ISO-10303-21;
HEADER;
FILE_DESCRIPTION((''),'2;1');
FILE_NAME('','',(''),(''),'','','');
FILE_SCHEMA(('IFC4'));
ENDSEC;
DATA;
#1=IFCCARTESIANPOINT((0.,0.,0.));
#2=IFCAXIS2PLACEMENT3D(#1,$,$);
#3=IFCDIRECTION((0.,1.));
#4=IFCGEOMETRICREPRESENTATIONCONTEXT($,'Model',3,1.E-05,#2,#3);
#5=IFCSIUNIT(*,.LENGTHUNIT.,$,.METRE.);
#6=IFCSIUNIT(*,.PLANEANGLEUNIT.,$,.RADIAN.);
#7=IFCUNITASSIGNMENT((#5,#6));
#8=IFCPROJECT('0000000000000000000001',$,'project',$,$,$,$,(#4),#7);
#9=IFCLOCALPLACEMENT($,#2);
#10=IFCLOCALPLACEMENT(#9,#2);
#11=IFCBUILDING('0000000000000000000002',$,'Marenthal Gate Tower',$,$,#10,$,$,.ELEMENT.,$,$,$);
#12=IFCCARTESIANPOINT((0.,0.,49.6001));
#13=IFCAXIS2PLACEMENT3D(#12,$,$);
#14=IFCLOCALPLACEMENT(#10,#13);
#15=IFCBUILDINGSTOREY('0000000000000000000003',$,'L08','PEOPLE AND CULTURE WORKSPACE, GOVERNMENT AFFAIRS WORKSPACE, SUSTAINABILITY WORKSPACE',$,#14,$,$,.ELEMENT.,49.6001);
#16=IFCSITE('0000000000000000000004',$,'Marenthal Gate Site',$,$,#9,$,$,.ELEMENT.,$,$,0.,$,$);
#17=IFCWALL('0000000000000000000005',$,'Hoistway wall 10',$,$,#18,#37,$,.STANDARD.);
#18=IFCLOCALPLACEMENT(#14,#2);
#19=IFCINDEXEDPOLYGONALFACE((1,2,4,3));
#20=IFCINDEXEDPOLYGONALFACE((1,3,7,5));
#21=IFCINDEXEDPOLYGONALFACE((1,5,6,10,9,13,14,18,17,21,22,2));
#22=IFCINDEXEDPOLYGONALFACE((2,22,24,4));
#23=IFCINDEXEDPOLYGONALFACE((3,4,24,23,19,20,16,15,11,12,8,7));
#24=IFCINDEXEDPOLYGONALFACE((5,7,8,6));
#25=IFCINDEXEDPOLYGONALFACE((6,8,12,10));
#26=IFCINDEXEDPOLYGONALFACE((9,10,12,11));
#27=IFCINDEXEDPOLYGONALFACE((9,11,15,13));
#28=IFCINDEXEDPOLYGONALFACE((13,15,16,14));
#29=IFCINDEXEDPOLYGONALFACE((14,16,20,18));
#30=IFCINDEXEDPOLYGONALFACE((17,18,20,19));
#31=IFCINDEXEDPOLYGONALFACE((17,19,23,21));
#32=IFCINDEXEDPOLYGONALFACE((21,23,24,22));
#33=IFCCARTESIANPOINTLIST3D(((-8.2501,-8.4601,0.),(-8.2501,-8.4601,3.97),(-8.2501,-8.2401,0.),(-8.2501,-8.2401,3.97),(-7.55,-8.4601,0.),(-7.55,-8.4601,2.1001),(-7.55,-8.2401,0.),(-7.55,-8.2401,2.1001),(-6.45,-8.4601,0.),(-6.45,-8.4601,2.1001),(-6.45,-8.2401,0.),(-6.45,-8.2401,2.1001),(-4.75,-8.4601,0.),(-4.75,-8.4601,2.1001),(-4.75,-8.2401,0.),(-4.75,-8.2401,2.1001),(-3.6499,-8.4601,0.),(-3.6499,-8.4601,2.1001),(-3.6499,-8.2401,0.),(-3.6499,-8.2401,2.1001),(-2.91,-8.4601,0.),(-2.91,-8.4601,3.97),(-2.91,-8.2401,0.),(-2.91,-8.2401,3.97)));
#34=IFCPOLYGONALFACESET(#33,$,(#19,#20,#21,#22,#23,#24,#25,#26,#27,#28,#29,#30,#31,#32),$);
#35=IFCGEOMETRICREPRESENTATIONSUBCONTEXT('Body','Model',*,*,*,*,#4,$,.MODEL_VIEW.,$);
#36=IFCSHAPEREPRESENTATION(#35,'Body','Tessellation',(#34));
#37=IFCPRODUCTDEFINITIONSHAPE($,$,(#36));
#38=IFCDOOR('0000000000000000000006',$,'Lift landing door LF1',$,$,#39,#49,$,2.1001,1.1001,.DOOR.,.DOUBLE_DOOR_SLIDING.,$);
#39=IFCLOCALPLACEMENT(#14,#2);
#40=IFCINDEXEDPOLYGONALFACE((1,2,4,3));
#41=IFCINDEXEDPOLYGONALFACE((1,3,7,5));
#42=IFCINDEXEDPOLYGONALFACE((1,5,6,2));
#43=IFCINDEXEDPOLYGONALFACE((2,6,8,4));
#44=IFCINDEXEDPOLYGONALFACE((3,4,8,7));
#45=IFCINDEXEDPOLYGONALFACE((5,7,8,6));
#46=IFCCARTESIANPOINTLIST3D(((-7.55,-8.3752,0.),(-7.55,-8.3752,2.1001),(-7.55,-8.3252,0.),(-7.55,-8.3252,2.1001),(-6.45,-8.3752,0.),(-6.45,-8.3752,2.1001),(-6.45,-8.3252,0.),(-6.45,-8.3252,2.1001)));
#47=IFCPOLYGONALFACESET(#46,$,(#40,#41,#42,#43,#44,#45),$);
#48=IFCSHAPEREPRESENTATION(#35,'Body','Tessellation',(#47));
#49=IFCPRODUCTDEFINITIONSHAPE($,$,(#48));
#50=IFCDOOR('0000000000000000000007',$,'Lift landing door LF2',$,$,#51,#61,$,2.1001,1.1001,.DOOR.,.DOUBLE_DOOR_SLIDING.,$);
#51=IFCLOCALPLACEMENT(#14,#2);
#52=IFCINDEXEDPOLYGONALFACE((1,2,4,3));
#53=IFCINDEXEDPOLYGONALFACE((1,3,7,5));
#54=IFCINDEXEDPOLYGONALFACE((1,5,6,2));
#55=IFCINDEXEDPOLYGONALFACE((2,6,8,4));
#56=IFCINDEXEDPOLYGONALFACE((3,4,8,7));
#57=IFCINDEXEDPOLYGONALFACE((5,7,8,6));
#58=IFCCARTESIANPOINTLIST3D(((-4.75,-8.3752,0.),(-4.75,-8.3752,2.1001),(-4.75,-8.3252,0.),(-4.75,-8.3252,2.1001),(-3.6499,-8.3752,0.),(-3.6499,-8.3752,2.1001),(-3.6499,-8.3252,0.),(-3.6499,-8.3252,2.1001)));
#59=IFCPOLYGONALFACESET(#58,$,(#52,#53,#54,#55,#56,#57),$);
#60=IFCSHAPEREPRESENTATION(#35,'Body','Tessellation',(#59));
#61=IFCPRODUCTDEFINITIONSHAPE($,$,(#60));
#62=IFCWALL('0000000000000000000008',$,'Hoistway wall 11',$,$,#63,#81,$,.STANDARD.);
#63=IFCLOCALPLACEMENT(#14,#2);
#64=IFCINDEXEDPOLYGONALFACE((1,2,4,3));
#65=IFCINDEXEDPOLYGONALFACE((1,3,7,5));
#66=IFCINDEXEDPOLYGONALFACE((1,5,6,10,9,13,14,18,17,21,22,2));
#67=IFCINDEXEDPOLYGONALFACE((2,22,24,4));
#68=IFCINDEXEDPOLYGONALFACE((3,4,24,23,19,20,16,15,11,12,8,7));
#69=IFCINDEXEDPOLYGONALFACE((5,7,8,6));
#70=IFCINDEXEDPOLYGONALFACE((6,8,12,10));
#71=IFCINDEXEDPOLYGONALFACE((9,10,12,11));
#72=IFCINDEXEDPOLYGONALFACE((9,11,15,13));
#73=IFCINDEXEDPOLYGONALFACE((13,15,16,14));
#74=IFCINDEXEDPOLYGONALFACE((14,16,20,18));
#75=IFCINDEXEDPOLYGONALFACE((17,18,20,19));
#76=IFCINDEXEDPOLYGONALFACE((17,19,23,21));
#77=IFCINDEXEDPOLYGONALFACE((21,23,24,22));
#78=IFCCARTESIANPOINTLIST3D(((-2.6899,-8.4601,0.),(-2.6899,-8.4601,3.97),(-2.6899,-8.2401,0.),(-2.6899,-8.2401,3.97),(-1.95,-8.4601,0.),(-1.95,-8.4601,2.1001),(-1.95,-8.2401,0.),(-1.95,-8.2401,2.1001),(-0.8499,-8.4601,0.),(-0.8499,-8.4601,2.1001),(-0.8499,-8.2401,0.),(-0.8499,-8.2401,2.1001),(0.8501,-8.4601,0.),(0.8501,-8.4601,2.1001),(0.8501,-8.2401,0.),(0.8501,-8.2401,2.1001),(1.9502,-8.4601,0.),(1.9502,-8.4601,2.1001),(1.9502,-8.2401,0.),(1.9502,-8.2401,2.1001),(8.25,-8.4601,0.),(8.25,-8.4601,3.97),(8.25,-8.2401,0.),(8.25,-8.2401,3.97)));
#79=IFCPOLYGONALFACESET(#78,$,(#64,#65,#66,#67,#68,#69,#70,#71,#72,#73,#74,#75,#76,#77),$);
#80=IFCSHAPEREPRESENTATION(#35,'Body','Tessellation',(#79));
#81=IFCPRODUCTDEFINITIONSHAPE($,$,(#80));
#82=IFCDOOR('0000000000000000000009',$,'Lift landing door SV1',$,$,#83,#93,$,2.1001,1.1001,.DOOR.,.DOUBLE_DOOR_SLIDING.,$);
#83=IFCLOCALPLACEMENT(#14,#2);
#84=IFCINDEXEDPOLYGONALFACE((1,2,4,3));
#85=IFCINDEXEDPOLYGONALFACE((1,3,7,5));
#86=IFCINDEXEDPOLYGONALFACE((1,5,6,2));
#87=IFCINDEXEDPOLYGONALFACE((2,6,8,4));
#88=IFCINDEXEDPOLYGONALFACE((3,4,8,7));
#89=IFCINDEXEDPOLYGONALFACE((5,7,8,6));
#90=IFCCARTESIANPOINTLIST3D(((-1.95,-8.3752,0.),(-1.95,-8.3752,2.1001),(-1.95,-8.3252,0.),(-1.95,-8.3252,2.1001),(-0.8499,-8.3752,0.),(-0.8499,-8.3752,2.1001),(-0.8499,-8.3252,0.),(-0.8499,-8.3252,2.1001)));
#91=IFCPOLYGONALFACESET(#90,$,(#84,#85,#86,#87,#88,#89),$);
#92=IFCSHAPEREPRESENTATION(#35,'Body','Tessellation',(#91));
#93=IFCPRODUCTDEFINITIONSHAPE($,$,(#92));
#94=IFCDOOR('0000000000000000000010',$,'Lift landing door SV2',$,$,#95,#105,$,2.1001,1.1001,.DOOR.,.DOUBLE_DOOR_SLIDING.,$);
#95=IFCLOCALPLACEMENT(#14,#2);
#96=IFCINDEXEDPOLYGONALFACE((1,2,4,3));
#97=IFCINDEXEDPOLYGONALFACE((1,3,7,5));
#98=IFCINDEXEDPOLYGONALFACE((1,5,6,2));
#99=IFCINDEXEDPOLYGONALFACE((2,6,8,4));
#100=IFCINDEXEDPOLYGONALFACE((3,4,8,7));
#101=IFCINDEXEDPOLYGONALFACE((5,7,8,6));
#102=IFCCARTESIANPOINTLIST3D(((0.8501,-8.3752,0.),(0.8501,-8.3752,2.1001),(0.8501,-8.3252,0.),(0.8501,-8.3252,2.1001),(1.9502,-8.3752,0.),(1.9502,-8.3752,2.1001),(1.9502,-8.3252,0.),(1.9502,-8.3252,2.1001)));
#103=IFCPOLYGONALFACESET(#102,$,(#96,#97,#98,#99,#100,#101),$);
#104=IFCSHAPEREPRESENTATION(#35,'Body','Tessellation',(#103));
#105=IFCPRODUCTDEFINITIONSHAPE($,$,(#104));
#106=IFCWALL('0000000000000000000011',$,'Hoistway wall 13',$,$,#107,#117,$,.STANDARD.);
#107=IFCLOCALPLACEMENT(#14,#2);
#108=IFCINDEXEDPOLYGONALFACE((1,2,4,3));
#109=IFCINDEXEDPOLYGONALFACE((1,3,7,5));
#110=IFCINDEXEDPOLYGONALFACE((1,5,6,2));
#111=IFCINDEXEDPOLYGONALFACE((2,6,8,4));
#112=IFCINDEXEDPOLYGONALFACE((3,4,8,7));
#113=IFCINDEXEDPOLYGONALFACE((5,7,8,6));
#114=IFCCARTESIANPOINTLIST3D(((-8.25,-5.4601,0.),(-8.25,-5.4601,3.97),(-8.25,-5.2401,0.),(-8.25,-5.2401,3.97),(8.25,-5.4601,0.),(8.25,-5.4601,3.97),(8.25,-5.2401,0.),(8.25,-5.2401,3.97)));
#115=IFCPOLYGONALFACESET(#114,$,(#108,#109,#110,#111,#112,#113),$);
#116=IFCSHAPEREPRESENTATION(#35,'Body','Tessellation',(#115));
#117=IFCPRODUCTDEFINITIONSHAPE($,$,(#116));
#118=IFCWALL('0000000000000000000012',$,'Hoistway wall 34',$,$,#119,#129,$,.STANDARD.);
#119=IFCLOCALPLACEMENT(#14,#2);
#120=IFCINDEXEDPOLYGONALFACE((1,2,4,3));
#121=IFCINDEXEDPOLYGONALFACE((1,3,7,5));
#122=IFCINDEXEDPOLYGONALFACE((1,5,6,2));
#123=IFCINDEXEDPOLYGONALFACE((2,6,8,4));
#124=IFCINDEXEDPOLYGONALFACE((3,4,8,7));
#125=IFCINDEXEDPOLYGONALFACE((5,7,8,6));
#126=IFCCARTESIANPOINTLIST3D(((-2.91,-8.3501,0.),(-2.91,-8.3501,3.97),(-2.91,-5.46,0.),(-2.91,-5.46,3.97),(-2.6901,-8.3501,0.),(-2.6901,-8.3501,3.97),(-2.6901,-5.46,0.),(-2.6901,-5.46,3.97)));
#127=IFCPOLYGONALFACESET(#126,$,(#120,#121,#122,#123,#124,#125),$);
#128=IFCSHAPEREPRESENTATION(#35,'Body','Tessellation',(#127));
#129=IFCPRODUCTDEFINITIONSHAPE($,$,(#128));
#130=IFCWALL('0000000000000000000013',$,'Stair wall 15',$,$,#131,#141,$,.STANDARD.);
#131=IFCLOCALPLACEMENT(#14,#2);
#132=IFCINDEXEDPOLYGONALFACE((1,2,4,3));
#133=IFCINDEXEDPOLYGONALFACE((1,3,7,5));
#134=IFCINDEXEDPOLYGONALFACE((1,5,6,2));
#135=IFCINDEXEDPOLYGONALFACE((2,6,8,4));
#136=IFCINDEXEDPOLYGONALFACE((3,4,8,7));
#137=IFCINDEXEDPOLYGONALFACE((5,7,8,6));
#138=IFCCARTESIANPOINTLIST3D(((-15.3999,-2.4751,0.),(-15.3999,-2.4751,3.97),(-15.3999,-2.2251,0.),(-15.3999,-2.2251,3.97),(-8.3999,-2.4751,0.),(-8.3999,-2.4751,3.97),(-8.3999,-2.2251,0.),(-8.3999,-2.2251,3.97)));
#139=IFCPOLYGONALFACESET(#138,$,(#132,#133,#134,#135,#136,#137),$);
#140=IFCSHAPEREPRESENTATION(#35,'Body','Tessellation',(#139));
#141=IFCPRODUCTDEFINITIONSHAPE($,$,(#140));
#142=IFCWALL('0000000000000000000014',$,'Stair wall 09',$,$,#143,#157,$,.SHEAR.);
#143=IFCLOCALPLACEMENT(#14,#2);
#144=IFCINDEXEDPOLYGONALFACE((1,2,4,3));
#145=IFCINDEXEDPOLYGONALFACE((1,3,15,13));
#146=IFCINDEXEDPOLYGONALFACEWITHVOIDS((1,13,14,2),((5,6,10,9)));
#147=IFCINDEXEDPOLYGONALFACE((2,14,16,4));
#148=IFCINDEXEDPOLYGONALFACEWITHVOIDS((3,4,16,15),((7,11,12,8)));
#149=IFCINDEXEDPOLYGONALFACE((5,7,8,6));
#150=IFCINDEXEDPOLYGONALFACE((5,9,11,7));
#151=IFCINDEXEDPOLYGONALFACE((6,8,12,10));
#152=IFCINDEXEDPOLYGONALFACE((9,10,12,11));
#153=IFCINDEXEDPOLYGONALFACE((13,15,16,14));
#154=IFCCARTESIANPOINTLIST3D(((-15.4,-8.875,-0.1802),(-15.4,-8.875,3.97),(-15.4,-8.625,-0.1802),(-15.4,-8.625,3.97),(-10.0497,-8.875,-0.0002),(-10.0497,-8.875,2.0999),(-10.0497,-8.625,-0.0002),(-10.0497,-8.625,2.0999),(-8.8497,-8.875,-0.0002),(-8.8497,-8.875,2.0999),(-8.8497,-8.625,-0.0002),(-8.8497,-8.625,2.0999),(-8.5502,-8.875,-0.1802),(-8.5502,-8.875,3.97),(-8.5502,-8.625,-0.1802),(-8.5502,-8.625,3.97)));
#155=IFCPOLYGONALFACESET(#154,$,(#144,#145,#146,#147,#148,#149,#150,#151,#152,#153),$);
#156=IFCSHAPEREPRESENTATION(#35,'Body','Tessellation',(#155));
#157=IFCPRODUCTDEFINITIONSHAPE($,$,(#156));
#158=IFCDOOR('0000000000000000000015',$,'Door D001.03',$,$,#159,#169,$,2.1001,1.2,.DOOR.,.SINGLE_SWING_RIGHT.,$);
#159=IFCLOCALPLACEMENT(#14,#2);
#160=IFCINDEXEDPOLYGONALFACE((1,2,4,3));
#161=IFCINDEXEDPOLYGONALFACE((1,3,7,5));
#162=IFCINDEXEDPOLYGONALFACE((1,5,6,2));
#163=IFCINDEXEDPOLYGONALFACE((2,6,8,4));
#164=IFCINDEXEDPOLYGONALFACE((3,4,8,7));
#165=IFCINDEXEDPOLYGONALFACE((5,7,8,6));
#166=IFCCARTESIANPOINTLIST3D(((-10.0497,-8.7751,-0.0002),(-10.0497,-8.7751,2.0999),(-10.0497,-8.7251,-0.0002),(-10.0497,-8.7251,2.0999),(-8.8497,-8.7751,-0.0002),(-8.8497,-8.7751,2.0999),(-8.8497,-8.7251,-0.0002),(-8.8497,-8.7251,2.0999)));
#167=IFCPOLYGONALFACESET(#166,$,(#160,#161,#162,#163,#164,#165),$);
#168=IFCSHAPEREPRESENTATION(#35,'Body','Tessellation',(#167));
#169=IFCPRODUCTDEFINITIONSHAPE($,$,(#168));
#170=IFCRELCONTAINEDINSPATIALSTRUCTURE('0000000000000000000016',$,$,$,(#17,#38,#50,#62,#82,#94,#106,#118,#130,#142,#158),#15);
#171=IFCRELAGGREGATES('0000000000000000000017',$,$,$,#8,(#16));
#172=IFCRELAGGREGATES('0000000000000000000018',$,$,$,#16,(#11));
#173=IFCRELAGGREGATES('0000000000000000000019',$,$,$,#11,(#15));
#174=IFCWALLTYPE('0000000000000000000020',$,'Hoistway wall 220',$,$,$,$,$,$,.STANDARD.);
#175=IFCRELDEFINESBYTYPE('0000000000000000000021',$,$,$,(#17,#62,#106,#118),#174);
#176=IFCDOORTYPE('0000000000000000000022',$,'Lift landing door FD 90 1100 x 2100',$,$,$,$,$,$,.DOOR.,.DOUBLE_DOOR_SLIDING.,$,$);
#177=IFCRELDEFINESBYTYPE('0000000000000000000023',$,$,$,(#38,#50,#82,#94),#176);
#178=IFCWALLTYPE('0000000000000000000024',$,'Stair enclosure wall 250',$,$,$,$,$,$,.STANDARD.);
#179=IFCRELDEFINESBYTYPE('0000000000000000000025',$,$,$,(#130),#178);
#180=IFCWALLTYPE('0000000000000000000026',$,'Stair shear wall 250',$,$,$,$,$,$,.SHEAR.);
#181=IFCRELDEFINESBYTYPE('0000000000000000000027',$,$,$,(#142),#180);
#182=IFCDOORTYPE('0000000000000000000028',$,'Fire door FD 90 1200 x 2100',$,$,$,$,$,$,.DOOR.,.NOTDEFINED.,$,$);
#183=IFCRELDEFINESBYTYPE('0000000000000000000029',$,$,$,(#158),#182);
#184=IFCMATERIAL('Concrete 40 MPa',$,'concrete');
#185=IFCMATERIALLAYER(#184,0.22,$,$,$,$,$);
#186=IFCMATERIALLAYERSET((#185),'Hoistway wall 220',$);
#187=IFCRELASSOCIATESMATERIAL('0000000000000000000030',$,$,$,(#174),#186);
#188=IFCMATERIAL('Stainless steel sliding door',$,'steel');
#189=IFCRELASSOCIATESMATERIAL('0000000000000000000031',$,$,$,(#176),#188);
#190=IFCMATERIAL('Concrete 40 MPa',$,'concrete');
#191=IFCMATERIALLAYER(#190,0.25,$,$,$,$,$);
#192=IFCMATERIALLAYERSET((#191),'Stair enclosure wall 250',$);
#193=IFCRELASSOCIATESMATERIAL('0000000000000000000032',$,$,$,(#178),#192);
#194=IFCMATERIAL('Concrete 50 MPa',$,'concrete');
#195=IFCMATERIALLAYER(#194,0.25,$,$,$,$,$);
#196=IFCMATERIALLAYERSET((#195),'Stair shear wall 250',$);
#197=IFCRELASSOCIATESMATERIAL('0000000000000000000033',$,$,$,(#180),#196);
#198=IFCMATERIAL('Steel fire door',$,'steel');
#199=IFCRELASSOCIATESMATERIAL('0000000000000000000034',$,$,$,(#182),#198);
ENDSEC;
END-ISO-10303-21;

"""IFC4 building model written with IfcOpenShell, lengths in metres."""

from ifc_helpers import new_model, si_unit, direction, frame, frame_2d, origin, place, context, subcontext, project, spatial, rectangle, extrude, material, layer, layer_set, type_object, element, fill, save


model = new_model("IFC4")

# Units and contexts
model_context = context("Model", 3, precision=1e-05, world=origin(), true_north=direction((0.0, 1.0)))
body_context = subcontext(model_context, "Body", "Model", "MODEL_VIEW")
ifc_project = project(units=[si_unit("LENGTHUNIT", "METRE"), si_unit("PLANEANGLEUNIT", "RADIAN")], contexts=[model_context])

# Site, building, storey
site_placement = place(None, origin())
site = spatial("IfcSite", under=ifc_project, at=site_placement, Name="Marenthal Gate Site", CompositionType="ELEMENT", RefElevation=0.0)
building_placement = place(site_placement, origin())
building = spatial("IfcBuilding", under=site, at=building_placement, Name="Marenthal Gate Tower", CompositionType="ELEMENT")
storey_placement = place(building_placement, frame((0.0, 0.0, 49.6001)))
storey = spatial("IfcBuildingStorey", under=building, at=storey_placement, Name="L08", Description="PEOPLE AND CULTURE WORKSPACE, GOVERNMENT AFFAIRS WORKSPACE, SUSTAINABILITY WORKSPACE", CompositionType="ELEMENT", Elevation=49.6001)

# Walls, openings, doors
ifc_material_1 = material(Name="Concrete 40 MPa", Category="concrete")
ifc_layer_1 = layer(ifc_material_1, 0.22)
ifc_layer_set_1 = layer_set([ifc_layer_1], Name="Hoistway wall 220")
wall_type_1 = type_object("IfcWallType", Name="Hoistway wall 220", PredefinedType="STANDARD", material=ifc_layer_set_1)
wall_1_placement = place(storey_placement, frame((-8.25, -8.3501, 0.0), z_axis=(0.0, 0.0, 1.0), x_axis=(1.0, 0.0, 0.0)))
wall_1 = element("IfcWall", 1, at=wall_1_placement, inside=storey, type_object=wall_type_1, Name="Hoistway wall 10", PredefinedType="STANDARD", context=body_context, shape_type="SweptSolid", body=[
    extrude(rectangle(XDim=5.3401, YDim=0.22, at=frame_2d((2.6699, 0.0))), origin(), (0.0, 0.0, 1.0), 3.97),
])
opening_1_placement = place(wall_1_placement, frame((0.7, 0.0, 0.0)))
opening_1 = element("IfcOpeningElement", 2, at=opening_1_placement, cuts=wall_1, PredefinedType="OPENING", context=body_context, shape_type="SweptSolid", body=[
    extrude(rectangle(XDim=1.1001, YDim=2.1001, at=frame_2d((0.55, 1.05))), frame((0.0, 0.1201, 0.0), z_axis=(0.0, -1.0, 0.0), x_axis=(1.0, 0.0, 0.0)), (0.0, 0.0, 1.0), 0.24),
])
opening_2_placement = place(wall_1_placement, frame((3.5, 0.0, 0.0)))
opening_2 = element("IfcOpeningElement", 3, at=opening_2_placement, cuts=wall_1, PredefinedType="OPENING", context=body_context, shape_type="SweptSolid", body=[
    extrude(rectangle(XDim=1.1001, YDim=2.1001, at=frame_2d((0.55, 1.05))), frame((0.0, 0.1201, 0.0), z_axis=(0.0, -1.0, 0.0), x_axis=(1.0, 0.0, 0.0)), (0.0, 0.0, 1.0), 0.24),
])
ifc_material_2 = material(Name="Stainless steel sliding door", Category="steel")
door_type_1 = type_object("IfcDoorType", Name="Lift landing door FD 90 1100 x 2100", OperationType="DOUBLE_DOOR_SLIDING", PredefinedType="DOOR", material=ifc_material_2)
door_1_placement = place(opening_1_placement, origin())
door_1 = element("IfcDoor", 4, at=door_1_placement, inside=storey, type_object=door_type_1, Name="Lift landing door LF1", OperationType="DOUBLE_DOOR_SLIDING", OverallHeight=2.1001, OverallWidth=1.1001, PredefinedType="DOOR", context=body_context, shape_type="SweptSolid", body=[
    extrude(rectangle(XDim=1.1001, YDim=2.1001, at=frame_2d((0.55, 1.05))), frame((0.0, 0.0249, 0.0), z_axis=(0.0, -1.0, 0.0), x_axis=(1.0, 0.0, 0.0)), (0.0, 0.0, 1.0), 0.05),
])
fill(opening_1, door_1)
door_2_placement = place(opening_2_placement, origin())
door_2 = element("IfcDoor", 5, at=door_2_placement, inside=storey, type_object=door_type_1, Name="Lift landing door LF2", OperationType="DOUBLE_DOOR_SLIDING", OverallHeight=2.1001, OverallWidth=1.1001, PredefinedType="DOOR", context=body_context, shape_type="SweptSolid", body=[
    extrude(rectangle(XDim=1.1001, YDim=2.1001, at=frame_2d((0.55, 1.05))), frame((0.0, 0.0249, 0.0), z_axis=(0.0, -1.0, 0.0), x_axis=(1.0, 0.0, 0.0)), (0.0, 0.0, 1.0), 0.05),
])
fill(opening_2, door_2)
wall_2_placement = place(storey_placement, frame((-2.6899, -8.3501, 0.0), z_axis=(0.0, 0.0, 1.0), x_axis=(1.0, 0.0, 0.0)))
wall_2 = element("IfcWall", 6, at=wall_2_placement, inside=storey, type_object=wall_type_1, Name="Hoistway wall 11", PredefinedType="STANDARD", context=body_context, shape_type="SweptSolid", body=[
    extrude(rectangle(XDim=10.9399, YDim=0.22, at=frame_2d((5.47, 0.0))), origin(), (0.0, 0.0, 1.0), 3.97),
])
opening_3_placement = place(wall_2_placement, frame((0.74, 0.0, 0.0)))
opening_3 = element("IfcOpeningElement", 7, at=opening_3_placement, cuts=wall_2, PredefinedType="OPENING", context=body_context, shape_type="SweptSolid", body=[
    extrude(rectangle(XDim=1.1001, YDim=2.1001, at=frame_2d((0.55, 1.05))), frame((0.0, 0.1201, 0.0), z_axis=(0.0, -1.0, 0.0), x_axis=(1.0, 0.0, 0.0)), (0.0, 0.0, 1.0), 0.24),
])
opening_4_placement = place(wall_2_placement, frame((3.54, 0.0, 0.0)))
opening_4 = element("IfcOpeningElement", 8, at=opening_4_placement, cuts=wall_2, PredefinedType="OPENING", context=body_context, shape_type="SweptSolid", body=[
    extrude(rectangle(XDim=1.1001, YDim=2.1001, at=frame_2d((0.55, 1.05))), frame((0.0, 0.1201, 0.0), z_axis=(0.0, -1.0, 0.0), x_axis=(1.0, 0.0, 0.0)), (0.0, 0.0, 1.0), 0.24),
])
door_3_placement = place(opening_3_placement, origin())
door_3 = element("IfcDoor", 9, at=door_3_placement, inside=storey, type_object=door_type_1, Name="Lift landing door SV1", OperationType="DOUBLE_DOOR_SLIDING", OverallHeight=2.1001, OverallWidth=1.1001, PredefinedType="DOOR", context=body_context, shape_type="SweptSolid", body=[
    extrude(rectangle(XDim=1.1001, YDim=2.1001, at=frame_2d((0.55, 1.05))), frame((0.0, 0.0249, 0.0), z_axis=(0.0, -1.0, 0.0), x_axis=(1.0, 0.0, 0.0)), (0.0, 0.0, 1.0), 0.05),
])
fill(opening_3, door_3)
door_4_placement = place(opening_4_placement, origin())
door_4 = element("IfcDoor", 10, at=door_4_placement, inside=storey, type_object=door_type_1, Name="Lift landing door SV2", OperationType="DOUBLE_DOOR_SLIDING", OverallHeight=2.1001, OverallWidth=1.1001, PredefinedType="DOOR", context=body_context, shape_type="SweptSolid", body=[
    extrude(rectangle(XDim=1.1001, YDim=2.1001, at=frame_2d((0.55, 1.05))), frame((0.0, 0.0249, 0.0), z_axis=(0.0, -1.0, 0.0), x_axis=(1.0, 0.0, 0.0)), (0.0, 0.0, 1.0), 0.05),
])
fill(opening_4, door_4)

# Walls
wall_3_placement = place(storey_placement, frame((-8.25, -5.3501, 0.0), z_axis=(0.0, 0.0, 1.0), x_axis=(1.0, 0.0, 0.0)))
element("IfcWall", 11, at=wall_3_placement, inside=storey, type_object=wall_type_1, Name="Hoistway wall 13", PredefinedType="STANDARD", context=body_context, shape_type="SweptSolid", body=[
    extrude(rectangle(XDim=16.5, YDim=0.22, at=frame_2d((8.25, 0.0))), origin(), (0.0, 0.0, 1.0), 3.97),
])
wall_4_placement = place(storey_placement, frame((-2.8, -8.3501, 0.0), z_axis=(0.0, 0.0, 1.0), x_axis=(0.0, 1.0, 0.0)))
element("IfcWall", 12, at=wall_4_placement, inside=storey, type_object=wall_type_1, Name="Hoistway wall 34", PredefinedType="STANDARD", context=body_context, shape_type="SweptSolid", body=[
    extrude(rectangle(XDim=2.8901, YDim=0.22, at=frame_2d((1.4451, 0.0))), origin(), (0.0, 0.0, 1.0), 3.97),
])
ifc_material_3 = material(Name="Concrete 40 MPa", Category="concrete")
ifc_layer_2 = layer(ifc_material_3, 0.25)
ifc_layer_set_2 = layer_set([ifc_layer_2], Name="Stair enclosure wall 250")
wall_type_2 = type_object("IfcWallType", Name="Stair enclosure wall 250", PredefinedType="STANDARD", material=ifc_layer_set_2)
wall_5_placement = place(storey_placement, frame((-15.3999, -2.3501, 0.0), z_axis=(0.0, 0.0, 1.0), x_axis=(1.0, 0.0, 0.0)))
element("IfcWall", 13, at=wall_5_placement, inside=storey, type_object=wall_type_2, Name="Stair wall 15", PredefinedType="STANDARD", context=body_context, shape_type="SweptSolid", body=[
    extrude(rectangle(XDim=7.0, YDim=0.25, at=frame_2d((3.5, 0.0))), origin(), (0.0, 0.0, 1.0), 3.97),
])

# Wall, opening, door
ifc_material_4 = material(Name="Concrete 50 MPa", Category="concrete")
ifc_layer_3 = layer(ifc_material_4, 0.25)
ifc_layer_set_3 = layer_set([ifc_layer_3], Name="Stair shear wall 250")
wall_type_3 = type_object("IfcWallType", Name="Stair shear wall 250", PredefinedType="SHEAR", material=ifc_layer_set_3)
wall_6_placement = place(storey_placement, frame((-15.3999, -8.75, -0.1802), z_axis=(0.0, 0.0, 1.0), x_axis=(1.0, 0.0, 0.0)))
wall_6 = element("IfcWall", 14, at=wall_6_placement, inside=storey, type_object=wall_type_3, Name="Stair wall 09", PredefinedType="SHEAR", context=body_context, shape_type="SweptSolid", body=[
    extrude(rectangle(XDim=6.8499, YDim=0.25, at=frame_2d((3.4248, 0.0))), origin(), (0.0, 0.0, 1.0), 4.1501),
])
opening_5_placement = place(wall_6_placement, frame((5.3501, 0.0, 0.1799)))
opening_5 = element("IfcOpeningElement", 15, at=opening_5_placement, cuts=wall_6, PredefinedType="OPENING", context=body_context, shape_type="SweptSolid", body=[
    extrude(rectangle(XDim=1.2, YDim=2.1001, at=frame_2d((0.6001, 1.05))), frame((0.0, 0.135, 0.0), z_axis=(0.0, -1.0, 0.0), x_axis=(1.0, 0.0, 0.0)), (0.0, 0.0, 1.0), 0.27),
])
ifc_material_5 = material(Name="Steel fire door", Category="steel")
door_type_2 = type_object("IfcDoorType", Name="Fire door FD 90 1200 x 2100", OperationType="NOTDEFINED", PredefinedType="DOOR", material=ifc_material_5)
door_5_placement = place(opening_5_placement, origin())
door_5 = element("IfcDoor", 16, at=door_5_placement, inside=storey, type_object=door_type_2, Name="Door D001.03", OperationType="SINGLE_SWING_RIGHT", OverallHeight=2.1001, OverallWidth=1.2, PredefinedType="DOOR", context=body_context, shape_type="SweptSolid", body=[
    extrude(rectangle(XDim=1.2, YDim=2.1001, at=frame_2d((0.6001, 1.05))), frame((0.0, 0.0249, 0.0), z_axis=(0.0, -1.0, 0.0), x_axis=(1.0, 0.0, 0.0)), (0.0, 0.0, 1.0), 0.05),
])
fill(opening_5, door_5)

save(model, "model.ifc")
